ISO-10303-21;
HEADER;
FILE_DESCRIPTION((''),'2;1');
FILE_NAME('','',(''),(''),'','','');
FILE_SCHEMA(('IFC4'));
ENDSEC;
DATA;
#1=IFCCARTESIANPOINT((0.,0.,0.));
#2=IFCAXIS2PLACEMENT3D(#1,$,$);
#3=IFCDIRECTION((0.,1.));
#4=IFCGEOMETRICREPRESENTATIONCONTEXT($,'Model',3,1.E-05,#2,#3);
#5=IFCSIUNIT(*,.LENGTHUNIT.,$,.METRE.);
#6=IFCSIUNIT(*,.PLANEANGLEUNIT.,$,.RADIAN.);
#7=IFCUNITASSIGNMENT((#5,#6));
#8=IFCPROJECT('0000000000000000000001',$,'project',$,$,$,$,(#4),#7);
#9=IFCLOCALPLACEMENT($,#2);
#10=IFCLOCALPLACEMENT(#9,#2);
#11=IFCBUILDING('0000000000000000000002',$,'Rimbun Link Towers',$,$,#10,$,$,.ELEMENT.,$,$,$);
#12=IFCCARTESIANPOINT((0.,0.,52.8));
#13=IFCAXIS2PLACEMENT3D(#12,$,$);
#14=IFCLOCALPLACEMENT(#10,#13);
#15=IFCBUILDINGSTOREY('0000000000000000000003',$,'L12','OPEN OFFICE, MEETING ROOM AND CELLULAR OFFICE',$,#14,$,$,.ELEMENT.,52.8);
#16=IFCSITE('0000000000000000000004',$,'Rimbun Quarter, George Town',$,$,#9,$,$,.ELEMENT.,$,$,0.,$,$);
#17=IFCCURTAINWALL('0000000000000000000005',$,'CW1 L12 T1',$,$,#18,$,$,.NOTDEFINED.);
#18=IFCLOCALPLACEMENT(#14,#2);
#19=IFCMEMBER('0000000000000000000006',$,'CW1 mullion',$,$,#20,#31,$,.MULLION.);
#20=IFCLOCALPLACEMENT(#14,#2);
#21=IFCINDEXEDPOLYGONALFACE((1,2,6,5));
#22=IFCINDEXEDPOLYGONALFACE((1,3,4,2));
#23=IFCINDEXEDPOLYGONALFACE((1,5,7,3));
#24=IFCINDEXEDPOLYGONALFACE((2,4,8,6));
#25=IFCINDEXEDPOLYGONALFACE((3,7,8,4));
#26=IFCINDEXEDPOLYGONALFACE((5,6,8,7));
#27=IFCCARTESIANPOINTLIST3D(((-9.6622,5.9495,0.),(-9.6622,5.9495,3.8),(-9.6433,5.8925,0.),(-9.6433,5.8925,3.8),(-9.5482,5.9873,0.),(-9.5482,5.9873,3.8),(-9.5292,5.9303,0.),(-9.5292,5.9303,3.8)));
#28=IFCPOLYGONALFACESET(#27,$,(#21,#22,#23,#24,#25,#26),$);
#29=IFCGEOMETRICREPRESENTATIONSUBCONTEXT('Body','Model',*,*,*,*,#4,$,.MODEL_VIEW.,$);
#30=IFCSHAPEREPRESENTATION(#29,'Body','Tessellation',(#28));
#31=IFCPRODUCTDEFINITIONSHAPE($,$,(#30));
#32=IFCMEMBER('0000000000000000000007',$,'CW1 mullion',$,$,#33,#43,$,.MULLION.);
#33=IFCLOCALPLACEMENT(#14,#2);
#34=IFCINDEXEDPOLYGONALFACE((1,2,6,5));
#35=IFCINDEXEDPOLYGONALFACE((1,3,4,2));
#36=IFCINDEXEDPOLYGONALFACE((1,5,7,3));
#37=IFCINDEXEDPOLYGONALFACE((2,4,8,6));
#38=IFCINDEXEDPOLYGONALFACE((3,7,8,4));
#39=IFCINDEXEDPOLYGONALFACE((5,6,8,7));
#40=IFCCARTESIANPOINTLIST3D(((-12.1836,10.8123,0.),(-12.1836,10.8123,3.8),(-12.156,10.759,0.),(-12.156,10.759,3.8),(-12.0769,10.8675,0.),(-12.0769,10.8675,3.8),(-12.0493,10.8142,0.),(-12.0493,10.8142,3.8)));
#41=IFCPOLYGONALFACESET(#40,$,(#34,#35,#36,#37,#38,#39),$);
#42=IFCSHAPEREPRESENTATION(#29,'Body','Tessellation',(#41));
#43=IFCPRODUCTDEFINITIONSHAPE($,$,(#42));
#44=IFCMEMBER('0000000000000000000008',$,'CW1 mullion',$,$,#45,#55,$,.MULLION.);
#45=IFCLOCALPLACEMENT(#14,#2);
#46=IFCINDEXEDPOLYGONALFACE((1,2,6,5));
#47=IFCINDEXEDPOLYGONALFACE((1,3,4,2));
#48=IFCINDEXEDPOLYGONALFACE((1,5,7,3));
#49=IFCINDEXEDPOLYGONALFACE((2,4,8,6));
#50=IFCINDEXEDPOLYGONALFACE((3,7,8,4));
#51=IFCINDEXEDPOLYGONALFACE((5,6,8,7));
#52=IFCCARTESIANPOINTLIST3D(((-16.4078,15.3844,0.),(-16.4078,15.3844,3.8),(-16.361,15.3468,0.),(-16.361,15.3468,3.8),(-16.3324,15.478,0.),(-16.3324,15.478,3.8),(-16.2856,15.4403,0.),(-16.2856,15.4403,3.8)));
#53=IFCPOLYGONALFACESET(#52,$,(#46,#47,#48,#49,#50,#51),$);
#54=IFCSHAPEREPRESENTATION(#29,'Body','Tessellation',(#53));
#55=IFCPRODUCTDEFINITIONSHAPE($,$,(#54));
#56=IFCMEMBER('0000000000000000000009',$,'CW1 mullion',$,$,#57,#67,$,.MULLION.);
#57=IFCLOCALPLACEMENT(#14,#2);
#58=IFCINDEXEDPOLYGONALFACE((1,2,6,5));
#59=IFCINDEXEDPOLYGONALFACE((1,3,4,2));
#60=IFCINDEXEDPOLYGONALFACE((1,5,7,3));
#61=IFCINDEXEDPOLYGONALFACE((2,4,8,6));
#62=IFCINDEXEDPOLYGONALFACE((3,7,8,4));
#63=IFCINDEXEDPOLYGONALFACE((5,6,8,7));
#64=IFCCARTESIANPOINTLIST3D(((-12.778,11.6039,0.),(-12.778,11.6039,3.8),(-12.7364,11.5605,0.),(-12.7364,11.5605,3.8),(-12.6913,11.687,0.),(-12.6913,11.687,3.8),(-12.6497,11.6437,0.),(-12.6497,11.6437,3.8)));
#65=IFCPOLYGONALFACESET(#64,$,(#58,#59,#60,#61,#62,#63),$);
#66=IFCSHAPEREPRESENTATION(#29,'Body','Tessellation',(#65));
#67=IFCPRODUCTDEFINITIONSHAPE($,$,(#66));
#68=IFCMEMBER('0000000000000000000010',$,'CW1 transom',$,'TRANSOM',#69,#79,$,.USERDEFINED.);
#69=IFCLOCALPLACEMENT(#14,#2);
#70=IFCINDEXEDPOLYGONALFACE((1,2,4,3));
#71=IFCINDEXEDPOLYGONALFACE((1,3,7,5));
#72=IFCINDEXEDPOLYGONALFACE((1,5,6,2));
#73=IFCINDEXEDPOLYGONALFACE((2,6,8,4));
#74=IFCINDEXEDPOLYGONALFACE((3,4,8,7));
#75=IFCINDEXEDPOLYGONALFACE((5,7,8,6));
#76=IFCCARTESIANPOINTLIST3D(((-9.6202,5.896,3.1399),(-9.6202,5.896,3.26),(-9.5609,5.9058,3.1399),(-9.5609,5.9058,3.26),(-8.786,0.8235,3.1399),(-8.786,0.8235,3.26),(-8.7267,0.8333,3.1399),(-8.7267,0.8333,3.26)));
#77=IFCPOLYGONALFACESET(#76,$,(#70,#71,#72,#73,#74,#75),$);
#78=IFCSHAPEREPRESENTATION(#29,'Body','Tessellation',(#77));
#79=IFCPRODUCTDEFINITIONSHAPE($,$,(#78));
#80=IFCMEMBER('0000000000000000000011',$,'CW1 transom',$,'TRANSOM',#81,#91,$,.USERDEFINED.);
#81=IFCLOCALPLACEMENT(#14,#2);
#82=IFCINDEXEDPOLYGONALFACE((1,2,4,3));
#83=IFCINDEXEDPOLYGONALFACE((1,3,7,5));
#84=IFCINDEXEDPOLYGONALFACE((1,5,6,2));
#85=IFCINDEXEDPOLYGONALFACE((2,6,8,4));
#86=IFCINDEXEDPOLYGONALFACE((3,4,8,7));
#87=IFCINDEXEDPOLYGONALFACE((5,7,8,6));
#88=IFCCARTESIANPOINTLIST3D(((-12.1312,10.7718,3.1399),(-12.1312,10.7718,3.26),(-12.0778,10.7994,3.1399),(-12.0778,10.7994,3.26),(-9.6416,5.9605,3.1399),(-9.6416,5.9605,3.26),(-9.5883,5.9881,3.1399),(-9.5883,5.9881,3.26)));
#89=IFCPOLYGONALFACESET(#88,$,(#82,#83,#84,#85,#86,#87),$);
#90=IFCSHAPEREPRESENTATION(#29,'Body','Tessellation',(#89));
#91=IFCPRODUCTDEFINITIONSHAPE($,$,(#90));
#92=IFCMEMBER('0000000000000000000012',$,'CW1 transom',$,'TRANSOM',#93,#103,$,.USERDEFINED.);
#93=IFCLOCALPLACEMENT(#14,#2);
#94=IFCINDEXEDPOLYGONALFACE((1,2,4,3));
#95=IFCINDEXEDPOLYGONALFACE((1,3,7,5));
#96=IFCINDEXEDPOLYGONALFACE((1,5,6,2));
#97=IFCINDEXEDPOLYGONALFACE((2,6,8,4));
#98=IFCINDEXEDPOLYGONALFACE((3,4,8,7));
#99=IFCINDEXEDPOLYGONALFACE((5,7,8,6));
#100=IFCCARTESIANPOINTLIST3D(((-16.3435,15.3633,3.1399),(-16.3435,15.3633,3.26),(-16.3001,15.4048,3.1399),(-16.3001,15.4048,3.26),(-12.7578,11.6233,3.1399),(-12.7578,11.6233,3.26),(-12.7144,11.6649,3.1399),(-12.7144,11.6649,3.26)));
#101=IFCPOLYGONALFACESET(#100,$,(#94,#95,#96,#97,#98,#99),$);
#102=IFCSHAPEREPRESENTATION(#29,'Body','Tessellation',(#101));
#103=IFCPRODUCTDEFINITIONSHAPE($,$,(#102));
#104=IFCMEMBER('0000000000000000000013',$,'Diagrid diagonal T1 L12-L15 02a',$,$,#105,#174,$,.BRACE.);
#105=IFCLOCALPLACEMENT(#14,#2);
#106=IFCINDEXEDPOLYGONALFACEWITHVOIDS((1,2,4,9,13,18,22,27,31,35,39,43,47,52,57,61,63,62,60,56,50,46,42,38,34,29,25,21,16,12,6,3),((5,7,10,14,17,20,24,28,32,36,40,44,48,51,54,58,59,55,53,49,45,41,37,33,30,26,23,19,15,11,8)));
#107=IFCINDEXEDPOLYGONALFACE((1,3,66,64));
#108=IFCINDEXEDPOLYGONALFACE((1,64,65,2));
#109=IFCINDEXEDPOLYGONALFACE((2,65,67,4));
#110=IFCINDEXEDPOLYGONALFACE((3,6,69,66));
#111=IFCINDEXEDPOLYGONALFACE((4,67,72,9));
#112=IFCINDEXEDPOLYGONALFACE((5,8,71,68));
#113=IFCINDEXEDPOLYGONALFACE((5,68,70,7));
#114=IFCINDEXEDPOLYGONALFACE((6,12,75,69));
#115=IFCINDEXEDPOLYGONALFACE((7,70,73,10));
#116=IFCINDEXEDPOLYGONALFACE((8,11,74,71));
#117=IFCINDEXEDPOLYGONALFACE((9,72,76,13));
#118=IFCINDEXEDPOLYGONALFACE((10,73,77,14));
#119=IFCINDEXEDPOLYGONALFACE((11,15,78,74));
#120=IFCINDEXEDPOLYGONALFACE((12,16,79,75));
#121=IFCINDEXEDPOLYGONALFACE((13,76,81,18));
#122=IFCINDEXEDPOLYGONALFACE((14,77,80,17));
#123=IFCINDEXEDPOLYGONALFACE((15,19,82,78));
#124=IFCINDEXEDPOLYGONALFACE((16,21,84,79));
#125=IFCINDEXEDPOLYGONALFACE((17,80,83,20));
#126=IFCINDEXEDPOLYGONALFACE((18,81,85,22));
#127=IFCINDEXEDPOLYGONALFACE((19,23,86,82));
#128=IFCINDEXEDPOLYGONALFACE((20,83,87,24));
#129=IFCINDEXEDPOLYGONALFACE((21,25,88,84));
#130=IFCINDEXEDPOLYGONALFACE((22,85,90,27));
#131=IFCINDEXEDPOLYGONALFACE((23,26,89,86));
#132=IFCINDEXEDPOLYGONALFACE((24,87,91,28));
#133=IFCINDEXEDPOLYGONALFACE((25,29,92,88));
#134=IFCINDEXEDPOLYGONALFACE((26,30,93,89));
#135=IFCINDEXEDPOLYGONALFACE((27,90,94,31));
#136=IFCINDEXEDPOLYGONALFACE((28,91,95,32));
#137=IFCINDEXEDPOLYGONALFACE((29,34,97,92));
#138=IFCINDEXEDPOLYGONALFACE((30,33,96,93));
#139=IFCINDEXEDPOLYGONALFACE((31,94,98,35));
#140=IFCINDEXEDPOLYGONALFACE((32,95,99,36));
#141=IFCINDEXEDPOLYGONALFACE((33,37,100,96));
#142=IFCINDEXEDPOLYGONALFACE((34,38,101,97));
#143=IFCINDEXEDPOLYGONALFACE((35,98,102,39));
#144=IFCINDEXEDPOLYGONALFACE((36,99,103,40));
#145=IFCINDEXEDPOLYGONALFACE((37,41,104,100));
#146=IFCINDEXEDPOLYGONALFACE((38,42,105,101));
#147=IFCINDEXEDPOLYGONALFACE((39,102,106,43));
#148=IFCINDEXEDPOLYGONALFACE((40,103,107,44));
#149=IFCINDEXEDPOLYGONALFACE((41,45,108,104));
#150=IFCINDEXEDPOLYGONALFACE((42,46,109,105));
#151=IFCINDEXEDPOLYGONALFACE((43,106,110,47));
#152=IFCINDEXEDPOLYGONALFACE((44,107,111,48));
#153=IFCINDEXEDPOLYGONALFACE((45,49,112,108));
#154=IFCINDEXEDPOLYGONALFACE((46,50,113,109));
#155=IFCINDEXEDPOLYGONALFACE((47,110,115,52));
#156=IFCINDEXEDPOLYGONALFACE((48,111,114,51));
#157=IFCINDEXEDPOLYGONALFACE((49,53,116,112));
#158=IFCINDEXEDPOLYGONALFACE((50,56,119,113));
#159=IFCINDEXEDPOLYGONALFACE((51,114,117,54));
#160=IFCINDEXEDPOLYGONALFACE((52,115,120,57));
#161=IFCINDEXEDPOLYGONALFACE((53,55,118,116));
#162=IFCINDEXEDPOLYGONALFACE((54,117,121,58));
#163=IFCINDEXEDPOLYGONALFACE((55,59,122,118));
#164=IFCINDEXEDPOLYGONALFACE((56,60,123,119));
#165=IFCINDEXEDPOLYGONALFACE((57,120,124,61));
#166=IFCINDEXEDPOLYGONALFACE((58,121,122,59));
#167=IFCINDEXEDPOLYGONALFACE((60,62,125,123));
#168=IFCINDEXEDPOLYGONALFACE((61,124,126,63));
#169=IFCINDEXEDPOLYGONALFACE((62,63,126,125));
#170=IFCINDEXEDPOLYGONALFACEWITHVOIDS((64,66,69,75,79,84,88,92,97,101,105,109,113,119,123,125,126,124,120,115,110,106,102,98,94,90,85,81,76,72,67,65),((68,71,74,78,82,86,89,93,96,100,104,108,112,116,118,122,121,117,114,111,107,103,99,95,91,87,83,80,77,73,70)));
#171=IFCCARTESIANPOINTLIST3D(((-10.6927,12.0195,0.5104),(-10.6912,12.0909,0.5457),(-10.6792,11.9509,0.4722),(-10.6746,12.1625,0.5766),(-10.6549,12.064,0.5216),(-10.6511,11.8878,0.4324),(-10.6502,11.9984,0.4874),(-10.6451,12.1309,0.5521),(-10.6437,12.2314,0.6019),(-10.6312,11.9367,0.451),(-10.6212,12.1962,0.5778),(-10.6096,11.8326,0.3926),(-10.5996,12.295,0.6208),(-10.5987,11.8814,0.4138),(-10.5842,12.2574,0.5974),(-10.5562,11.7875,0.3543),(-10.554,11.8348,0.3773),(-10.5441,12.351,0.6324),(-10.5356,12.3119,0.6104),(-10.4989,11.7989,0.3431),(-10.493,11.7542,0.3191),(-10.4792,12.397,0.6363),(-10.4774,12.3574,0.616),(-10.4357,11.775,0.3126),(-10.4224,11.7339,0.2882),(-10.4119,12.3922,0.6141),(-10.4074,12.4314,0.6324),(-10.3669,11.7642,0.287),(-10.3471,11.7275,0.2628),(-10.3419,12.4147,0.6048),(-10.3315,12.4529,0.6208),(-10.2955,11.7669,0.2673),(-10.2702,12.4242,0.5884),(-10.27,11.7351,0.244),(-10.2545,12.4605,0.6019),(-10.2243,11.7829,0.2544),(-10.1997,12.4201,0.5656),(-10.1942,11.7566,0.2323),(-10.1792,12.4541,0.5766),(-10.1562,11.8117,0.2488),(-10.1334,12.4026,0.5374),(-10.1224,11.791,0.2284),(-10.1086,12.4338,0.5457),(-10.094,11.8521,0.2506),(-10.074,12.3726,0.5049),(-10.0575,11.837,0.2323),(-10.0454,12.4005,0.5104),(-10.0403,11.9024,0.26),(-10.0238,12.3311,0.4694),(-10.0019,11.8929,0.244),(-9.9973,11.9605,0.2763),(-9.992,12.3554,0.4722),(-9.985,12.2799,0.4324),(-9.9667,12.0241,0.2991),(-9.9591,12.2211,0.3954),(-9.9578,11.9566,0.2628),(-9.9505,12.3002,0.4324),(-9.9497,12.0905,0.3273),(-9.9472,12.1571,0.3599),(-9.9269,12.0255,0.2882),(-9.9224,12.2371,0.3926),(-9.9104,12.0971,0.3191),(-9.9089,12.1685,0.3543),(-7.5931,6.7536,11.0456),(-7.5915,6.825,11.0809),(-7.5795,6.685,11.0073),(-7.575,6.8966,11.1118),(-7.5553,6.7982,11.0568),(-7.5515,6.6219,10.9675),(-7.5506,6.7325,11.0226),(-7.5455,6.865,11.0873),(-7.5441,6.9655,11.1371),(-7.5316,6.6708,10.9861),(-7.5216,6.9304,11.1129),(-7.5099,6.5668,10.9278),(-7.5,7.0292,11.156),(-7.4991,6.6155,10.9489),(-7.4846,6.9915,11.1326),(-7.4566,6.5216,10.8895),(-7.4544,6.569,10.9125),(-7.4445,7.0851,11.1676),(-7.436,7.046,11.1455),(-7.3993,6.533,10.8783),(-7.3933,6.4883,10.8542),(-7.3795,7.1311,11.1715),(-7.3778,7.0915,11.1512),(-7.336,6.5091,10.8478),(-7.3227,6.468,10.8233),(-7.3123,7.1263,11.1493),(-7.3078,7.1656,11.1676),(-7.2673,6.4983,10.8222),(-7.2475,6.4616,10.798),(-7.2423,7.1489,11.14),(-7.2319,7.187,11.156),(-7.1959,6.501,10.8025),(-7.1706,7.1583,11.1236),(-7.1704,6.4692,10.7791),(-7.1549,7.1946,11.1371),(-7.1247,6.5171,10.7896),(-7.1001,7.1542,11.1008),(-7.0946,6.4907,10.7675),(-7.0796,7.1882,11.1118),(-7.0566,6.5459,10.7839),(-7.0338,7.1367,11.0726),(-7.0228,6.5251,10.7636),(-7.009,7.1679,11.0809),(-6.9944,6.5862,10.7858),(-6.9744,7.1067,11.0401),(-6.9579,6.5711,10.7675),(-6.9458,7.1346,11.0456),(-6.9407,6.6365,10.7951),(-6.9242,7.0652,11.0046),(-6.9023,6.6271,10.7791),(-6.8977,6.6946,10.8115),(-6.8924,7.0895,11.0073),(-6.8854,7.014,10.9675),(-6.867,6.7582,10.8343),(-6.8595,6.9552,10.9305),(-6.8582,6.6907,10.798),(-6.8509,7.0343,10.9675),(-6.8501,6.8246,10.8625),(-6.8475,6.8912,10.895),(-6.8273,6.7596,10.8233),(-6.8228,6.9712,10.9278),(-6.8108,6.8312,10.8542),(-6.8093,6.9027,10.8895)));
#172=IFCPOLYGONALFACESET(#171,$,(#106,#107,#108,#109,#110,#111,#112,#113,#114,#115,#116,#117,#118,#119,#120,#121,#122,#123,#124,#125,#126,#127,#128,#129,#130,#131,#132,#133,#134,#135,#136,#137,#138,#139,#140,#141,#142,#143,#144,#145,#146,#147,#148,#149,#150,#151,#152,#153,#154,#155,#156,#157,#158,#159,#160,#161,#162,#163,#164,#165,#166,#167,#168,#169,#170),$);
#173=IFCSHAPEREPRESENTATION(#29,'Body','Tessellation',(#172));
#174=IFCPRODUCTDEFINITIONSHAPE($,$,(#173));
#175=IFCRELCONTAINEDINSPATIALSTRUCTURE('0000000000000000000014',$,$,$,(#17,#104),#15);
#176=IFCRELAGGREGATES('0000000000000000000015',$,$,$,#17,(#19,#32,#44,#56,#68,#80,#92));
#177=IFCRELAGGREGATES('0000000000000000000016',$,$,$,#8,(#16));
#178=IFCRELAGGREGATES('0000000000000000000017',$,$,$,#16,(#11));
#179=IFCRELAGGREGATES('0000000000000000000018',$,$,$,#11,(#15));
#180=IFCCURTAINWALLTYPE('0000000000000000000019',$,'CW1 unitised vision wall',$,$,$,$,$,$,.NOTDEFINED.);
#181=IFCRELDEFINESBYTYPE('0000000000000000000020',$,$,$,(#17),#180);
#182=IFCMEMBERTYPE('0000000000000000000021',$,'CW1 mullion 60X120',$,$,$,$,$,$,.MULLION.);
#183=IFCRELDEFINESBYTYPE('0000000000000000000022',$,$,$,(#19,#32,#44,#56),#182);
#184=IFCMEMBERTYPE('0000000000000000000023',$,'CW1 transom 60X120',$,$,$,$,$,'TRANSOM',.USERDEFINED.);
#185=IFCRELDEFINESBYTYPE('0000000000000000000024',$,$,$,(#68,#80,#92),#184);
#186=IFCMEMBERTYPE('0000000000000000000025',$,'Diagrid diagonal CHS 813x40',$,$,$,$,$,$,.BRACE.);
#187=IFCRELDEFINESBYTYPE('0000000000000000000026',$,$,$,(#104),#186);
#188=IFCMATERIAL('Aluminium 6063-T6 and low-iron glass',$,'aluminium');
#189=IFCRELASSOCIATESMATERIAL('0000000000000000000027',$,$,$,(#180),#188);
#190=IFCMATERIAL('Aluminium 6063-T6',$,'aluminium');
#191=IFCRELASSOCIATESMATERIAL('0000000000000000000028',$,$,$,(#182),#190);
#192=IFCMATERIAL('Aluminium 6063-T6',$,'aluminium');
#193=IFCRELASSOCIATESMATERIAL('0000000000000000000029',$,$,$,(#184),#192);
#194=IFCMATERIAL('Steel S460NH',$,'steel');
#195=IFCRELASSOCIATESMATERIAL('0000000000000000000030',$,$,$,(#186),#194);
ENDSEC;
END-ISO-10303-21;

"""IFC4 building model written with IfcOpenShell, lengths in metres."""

from ifc_helpers import new_model, si_unit, direction, frame, origin, origin_2d, place, context, subcontext, project, spatial, rectangle, hollow_circle, extrude, material, material_profile, profile_set, type_object, element, aggregate, save


model = new_model("IFC4")

# Units and contexts
model_context = context("Model", 3, precision=1e-05, world=origin(), true_north=direction((0.0, 1.0)))
body_context = subcontext(model_context, "Body", "Model", "MODEL_VIEW")
ifc_project = project(units=[si_unit("LENGTHUNIT", "METRE"), si_unit("PLANEANGLEUNIT", "RADIAN")], contexts=[model_context])

# Site, building, storey
site_placement = place(None, origin())
site = spatial("IfcSite", under=ifc_project, at=site_placement, Name="Rimbun Quarter, George Town", CompositionType="ELEMENT", RefElevation=0.0)
building_placement = place(site_placement, origin())
building = spatial("IfcBuilding", under=site, at=building_placement, Name="Rimbun Link Towers", CompositionType="ELEMENT")
storey_placement = place(building_placement, frame((0.0, 0.0, 52.8)))
storey = spatial("IfcBuildingStorey", under=building, at=storey_placement, Name="L12", Description="OPEN OFFICE, MEETING ROOM AND CELLULAR OFFICE", CompositionType="ELEMENT", Elevation=52.8)

# Curtain wall, members
ifc_material_1 = material(Name="Aluminium 6063-T6 and low-iron glass", Category="aluminium")
curtain_wall_type = type_object("IfcCurtainWallType", Name="CW1 unitised vision wall", PredefinedType="NOTDEFINED", material=ifc_material_1)
curtain_wall_placement = place(storey_placement, origin())
curtain_wall = element("IfcCurtainWall", 1, at=curtain_wall_placement, inside=storey, type_object=curtain_wall_type, Name="CW1 L12 T1", PredefinedType="NOTDEFINED")
ifc_material_2 = material(Name="Aluminium 6063-T6", Category="aluminium")
ifc_material_profile_1 = material_profile(ifc_material_2, rectangle(XDim=0.1201, YDim=0.0601, at=origin_2d()), Name="MULLION 60X120")
ifc_profile_set_1 = profile_set([ifc_material_profile_1], Name="Aluminium 6063-T6")
member_type_1 = type_object("IfcMemberType", Name="CW1 mullion 60X120", PredefinedType="MULLION", material=ifc_profile_set_1)
member_1_placement = place(storey_placement, frame((-9.5957, 5.9399, 0.0), z_axis=(0.0, 0.0, 1.0), x_axis=(0.949162, 0.314789, 0.0)))
member_1 = element("IfcMember", 2, at=member_1_placement, type_object=member_type_1, Name="CW1 mullion", PredefinedType="MULLION", context=body_context, shape_type="SweptSolid", body=[
    extrude(rectangle(XDim=0.1201, YDim=0.0601, at=origin_2d()), origin(), (0.0, 0.0, 1.0), 3.8),
])
member_2_placement = place(storey_placement, frame((-12.1165, 10.8132, 0.0), z_axis=(0.0, 0.0, 1.0), x_axis=(0.888157, 0.459541, 0.0)))
member_2 = element("IfcMember", 3, at=member_2_placement, type_object=member_type_1, Name="CW1 mullion", PredefinedType="MULLION", context=body_context, shape_type="SweptSolid", body=[
    extrude(rectangle(XDim=0.1201, YDim=0.0601, at=origin_2d()), origin(), (0.0, 0.0, 1.0), 3.8),
])
member_3_placement = place(storey_placement, frame((-16.3467, 15.4124, 0.0), z_axis=(0.0, 0.0, 1.0), x_axis=(0.627666, 0.778483, 0.0)))
member_3 = element("IfcMember", 4, at=member_3_placement, type_object=member_type_1, Name="CW1 mullion", PredefinedType="MULLION", context=body_context, shape_type="SweptSolid", body=[
    extrude(rectangle(XDim=0.1201, YDim=0.0601, at=origin_2d()), origin(), (0.0, 0.0, 1.0), 3.8),
])
member_4_placement = place(storey_placement, frame((-12.7139, 11.6238, 0.0), z_axis=(0.0, 0.0, 1.0), x_axis=(0.721835, 0.692065, 0.0)))
member_4 = element("IfcMember", 5, at=member_4_placement, type_object=member_type_1, Name="CW1 mullion", PredefinedType="MULLION", context=body_context, shape_type="SweptSolid", body=[
    extrude(rectangle(XDim=0.1201, YDim=0.0601, at=origin_2d()), origin(), (0.0, 0.0, 1.0), 3.8),
])
ifc_material_3 = material(Name="Aluminium 6063-T6", Category="aluminium")
ifc_material_profile_2 = material_profile(ifc_material_3, rectangle(XDim=0.0601, YDim=0.1201, at=origin_2d()), Name="TRANSOM 60X120")
ifc_profile_set_2 = profile_set([ifc_material_profile_2], Name="Aluminium 6063-T6")
member_type_2 = type_object("IfcMemberType", Name="CW1 transom 60X120", ElementType="TRANSOM", PredefinedType="USERDEFINED", material=ifc_profile_set_2)
member_5_placement = place(storey_placement, frame((-9.5906, 5.9009, 3.2), z_axis=(0.162281, -0.986745, 0.0), x_axis=(0.986745, 0.162281, 0.0)))
member_5 = element("IfcMember", 6, at=member_5_placement, type_object=member_type_2, Name="CW1 transom", ObjectType="TRANSOM", PredefinedType="USERDEFINED", context=body_context, shape_type="SweptSolid", body=[
    extrude(rectangle(XDim=0.0601, YDim=0.1201, at=origin_2d()), origin(), (0.0, 0.0, 1.0), 5.1406),
])
member_6_placement = place(storey_placement, frame((-12.1045, 10.7856, 3.2), z_axis=(0.459555, -0.888149, 0.0), x_axis=(0.888149, 0.459555, 0.0)))
member_6 = element("IfcMember", 7, at=member_6_placement, type_object=member_type_2, Name="CW1 transom", ObjectType="TRANSOM", PredefinedType="USERDEFINED", context=body_context, shape_type="SweptSolid", body=[
    extrude(rectangle(XDim=0.0601, YDim=0.1201, at=origin_2d()), origin(), (0.0, 0.0, 1.0), 5.4172),
])
member_7_placement = place(storey_placement, frame((-16.3218, 15.384, 3.2), z_axis=(0.69206, -0.72184, 0.0), x_axis=(0.72184, 0.69206, 0.0)))
member_7 = element("IfcMember", 8, at=member_7_placement, type_object=member_type_2, Name="CW1 transom", ObjectType="TRANSOM", PredefinedType="USERDEFINED", context=body_context, shape_type="SweptSolid", body=[
    extrude(rectangle(XDim=0.0601, YDim=0.1201, at=origin_2d()), origin(), (0.0, 0.0, 1.0), 5.1812),
])

# Member
ifc_material_4 = material(Name="Steel S460NH", Category="steel")
ifc_material_profile_3 = material_profile(ifc_material_4, hollow_circle(Radius=0.4065, WallThickness=0.04, at=origin_2d()), Name="Diagrid diagonal CHS 813x40")
ifc_profile_set_3 = profile_set([ifc_material_profile_3], Name="Steel S460NH")
member_type_3 = type_object("IfcMemberType", Name="Diagrid diagonal CHS 813x40", PredefinedType="BRACE", material=ifc_profile_set_3)
member_8_placement = place(storey_placement, frame((-10.3008, 12.094, 0.4324), z_axis=(0.254506, -0.432375, 0.865031), x_axis=(0.861788, 0.507268, 0.0)))
element("IfcMember", 9, at=member_8_placement, inside=storey, type_object=member_type_3, Name="Diagrid diagonal T1 L12-L15 02a", PredefinedType="BRACE", context=body_context, shape_type="SweptSolid", body=[
    extrude(hollow_circle(Radius=0.4065, WallThickness=0.04, at=origin_2d()), origin(), (0.0, 0.0, 1.0), 12.179),
])

aggregate(curtain_wall, [member_1, member_2, member_3, member_4, member_5, member_6, member_7])

save(model, "model.ifc")
